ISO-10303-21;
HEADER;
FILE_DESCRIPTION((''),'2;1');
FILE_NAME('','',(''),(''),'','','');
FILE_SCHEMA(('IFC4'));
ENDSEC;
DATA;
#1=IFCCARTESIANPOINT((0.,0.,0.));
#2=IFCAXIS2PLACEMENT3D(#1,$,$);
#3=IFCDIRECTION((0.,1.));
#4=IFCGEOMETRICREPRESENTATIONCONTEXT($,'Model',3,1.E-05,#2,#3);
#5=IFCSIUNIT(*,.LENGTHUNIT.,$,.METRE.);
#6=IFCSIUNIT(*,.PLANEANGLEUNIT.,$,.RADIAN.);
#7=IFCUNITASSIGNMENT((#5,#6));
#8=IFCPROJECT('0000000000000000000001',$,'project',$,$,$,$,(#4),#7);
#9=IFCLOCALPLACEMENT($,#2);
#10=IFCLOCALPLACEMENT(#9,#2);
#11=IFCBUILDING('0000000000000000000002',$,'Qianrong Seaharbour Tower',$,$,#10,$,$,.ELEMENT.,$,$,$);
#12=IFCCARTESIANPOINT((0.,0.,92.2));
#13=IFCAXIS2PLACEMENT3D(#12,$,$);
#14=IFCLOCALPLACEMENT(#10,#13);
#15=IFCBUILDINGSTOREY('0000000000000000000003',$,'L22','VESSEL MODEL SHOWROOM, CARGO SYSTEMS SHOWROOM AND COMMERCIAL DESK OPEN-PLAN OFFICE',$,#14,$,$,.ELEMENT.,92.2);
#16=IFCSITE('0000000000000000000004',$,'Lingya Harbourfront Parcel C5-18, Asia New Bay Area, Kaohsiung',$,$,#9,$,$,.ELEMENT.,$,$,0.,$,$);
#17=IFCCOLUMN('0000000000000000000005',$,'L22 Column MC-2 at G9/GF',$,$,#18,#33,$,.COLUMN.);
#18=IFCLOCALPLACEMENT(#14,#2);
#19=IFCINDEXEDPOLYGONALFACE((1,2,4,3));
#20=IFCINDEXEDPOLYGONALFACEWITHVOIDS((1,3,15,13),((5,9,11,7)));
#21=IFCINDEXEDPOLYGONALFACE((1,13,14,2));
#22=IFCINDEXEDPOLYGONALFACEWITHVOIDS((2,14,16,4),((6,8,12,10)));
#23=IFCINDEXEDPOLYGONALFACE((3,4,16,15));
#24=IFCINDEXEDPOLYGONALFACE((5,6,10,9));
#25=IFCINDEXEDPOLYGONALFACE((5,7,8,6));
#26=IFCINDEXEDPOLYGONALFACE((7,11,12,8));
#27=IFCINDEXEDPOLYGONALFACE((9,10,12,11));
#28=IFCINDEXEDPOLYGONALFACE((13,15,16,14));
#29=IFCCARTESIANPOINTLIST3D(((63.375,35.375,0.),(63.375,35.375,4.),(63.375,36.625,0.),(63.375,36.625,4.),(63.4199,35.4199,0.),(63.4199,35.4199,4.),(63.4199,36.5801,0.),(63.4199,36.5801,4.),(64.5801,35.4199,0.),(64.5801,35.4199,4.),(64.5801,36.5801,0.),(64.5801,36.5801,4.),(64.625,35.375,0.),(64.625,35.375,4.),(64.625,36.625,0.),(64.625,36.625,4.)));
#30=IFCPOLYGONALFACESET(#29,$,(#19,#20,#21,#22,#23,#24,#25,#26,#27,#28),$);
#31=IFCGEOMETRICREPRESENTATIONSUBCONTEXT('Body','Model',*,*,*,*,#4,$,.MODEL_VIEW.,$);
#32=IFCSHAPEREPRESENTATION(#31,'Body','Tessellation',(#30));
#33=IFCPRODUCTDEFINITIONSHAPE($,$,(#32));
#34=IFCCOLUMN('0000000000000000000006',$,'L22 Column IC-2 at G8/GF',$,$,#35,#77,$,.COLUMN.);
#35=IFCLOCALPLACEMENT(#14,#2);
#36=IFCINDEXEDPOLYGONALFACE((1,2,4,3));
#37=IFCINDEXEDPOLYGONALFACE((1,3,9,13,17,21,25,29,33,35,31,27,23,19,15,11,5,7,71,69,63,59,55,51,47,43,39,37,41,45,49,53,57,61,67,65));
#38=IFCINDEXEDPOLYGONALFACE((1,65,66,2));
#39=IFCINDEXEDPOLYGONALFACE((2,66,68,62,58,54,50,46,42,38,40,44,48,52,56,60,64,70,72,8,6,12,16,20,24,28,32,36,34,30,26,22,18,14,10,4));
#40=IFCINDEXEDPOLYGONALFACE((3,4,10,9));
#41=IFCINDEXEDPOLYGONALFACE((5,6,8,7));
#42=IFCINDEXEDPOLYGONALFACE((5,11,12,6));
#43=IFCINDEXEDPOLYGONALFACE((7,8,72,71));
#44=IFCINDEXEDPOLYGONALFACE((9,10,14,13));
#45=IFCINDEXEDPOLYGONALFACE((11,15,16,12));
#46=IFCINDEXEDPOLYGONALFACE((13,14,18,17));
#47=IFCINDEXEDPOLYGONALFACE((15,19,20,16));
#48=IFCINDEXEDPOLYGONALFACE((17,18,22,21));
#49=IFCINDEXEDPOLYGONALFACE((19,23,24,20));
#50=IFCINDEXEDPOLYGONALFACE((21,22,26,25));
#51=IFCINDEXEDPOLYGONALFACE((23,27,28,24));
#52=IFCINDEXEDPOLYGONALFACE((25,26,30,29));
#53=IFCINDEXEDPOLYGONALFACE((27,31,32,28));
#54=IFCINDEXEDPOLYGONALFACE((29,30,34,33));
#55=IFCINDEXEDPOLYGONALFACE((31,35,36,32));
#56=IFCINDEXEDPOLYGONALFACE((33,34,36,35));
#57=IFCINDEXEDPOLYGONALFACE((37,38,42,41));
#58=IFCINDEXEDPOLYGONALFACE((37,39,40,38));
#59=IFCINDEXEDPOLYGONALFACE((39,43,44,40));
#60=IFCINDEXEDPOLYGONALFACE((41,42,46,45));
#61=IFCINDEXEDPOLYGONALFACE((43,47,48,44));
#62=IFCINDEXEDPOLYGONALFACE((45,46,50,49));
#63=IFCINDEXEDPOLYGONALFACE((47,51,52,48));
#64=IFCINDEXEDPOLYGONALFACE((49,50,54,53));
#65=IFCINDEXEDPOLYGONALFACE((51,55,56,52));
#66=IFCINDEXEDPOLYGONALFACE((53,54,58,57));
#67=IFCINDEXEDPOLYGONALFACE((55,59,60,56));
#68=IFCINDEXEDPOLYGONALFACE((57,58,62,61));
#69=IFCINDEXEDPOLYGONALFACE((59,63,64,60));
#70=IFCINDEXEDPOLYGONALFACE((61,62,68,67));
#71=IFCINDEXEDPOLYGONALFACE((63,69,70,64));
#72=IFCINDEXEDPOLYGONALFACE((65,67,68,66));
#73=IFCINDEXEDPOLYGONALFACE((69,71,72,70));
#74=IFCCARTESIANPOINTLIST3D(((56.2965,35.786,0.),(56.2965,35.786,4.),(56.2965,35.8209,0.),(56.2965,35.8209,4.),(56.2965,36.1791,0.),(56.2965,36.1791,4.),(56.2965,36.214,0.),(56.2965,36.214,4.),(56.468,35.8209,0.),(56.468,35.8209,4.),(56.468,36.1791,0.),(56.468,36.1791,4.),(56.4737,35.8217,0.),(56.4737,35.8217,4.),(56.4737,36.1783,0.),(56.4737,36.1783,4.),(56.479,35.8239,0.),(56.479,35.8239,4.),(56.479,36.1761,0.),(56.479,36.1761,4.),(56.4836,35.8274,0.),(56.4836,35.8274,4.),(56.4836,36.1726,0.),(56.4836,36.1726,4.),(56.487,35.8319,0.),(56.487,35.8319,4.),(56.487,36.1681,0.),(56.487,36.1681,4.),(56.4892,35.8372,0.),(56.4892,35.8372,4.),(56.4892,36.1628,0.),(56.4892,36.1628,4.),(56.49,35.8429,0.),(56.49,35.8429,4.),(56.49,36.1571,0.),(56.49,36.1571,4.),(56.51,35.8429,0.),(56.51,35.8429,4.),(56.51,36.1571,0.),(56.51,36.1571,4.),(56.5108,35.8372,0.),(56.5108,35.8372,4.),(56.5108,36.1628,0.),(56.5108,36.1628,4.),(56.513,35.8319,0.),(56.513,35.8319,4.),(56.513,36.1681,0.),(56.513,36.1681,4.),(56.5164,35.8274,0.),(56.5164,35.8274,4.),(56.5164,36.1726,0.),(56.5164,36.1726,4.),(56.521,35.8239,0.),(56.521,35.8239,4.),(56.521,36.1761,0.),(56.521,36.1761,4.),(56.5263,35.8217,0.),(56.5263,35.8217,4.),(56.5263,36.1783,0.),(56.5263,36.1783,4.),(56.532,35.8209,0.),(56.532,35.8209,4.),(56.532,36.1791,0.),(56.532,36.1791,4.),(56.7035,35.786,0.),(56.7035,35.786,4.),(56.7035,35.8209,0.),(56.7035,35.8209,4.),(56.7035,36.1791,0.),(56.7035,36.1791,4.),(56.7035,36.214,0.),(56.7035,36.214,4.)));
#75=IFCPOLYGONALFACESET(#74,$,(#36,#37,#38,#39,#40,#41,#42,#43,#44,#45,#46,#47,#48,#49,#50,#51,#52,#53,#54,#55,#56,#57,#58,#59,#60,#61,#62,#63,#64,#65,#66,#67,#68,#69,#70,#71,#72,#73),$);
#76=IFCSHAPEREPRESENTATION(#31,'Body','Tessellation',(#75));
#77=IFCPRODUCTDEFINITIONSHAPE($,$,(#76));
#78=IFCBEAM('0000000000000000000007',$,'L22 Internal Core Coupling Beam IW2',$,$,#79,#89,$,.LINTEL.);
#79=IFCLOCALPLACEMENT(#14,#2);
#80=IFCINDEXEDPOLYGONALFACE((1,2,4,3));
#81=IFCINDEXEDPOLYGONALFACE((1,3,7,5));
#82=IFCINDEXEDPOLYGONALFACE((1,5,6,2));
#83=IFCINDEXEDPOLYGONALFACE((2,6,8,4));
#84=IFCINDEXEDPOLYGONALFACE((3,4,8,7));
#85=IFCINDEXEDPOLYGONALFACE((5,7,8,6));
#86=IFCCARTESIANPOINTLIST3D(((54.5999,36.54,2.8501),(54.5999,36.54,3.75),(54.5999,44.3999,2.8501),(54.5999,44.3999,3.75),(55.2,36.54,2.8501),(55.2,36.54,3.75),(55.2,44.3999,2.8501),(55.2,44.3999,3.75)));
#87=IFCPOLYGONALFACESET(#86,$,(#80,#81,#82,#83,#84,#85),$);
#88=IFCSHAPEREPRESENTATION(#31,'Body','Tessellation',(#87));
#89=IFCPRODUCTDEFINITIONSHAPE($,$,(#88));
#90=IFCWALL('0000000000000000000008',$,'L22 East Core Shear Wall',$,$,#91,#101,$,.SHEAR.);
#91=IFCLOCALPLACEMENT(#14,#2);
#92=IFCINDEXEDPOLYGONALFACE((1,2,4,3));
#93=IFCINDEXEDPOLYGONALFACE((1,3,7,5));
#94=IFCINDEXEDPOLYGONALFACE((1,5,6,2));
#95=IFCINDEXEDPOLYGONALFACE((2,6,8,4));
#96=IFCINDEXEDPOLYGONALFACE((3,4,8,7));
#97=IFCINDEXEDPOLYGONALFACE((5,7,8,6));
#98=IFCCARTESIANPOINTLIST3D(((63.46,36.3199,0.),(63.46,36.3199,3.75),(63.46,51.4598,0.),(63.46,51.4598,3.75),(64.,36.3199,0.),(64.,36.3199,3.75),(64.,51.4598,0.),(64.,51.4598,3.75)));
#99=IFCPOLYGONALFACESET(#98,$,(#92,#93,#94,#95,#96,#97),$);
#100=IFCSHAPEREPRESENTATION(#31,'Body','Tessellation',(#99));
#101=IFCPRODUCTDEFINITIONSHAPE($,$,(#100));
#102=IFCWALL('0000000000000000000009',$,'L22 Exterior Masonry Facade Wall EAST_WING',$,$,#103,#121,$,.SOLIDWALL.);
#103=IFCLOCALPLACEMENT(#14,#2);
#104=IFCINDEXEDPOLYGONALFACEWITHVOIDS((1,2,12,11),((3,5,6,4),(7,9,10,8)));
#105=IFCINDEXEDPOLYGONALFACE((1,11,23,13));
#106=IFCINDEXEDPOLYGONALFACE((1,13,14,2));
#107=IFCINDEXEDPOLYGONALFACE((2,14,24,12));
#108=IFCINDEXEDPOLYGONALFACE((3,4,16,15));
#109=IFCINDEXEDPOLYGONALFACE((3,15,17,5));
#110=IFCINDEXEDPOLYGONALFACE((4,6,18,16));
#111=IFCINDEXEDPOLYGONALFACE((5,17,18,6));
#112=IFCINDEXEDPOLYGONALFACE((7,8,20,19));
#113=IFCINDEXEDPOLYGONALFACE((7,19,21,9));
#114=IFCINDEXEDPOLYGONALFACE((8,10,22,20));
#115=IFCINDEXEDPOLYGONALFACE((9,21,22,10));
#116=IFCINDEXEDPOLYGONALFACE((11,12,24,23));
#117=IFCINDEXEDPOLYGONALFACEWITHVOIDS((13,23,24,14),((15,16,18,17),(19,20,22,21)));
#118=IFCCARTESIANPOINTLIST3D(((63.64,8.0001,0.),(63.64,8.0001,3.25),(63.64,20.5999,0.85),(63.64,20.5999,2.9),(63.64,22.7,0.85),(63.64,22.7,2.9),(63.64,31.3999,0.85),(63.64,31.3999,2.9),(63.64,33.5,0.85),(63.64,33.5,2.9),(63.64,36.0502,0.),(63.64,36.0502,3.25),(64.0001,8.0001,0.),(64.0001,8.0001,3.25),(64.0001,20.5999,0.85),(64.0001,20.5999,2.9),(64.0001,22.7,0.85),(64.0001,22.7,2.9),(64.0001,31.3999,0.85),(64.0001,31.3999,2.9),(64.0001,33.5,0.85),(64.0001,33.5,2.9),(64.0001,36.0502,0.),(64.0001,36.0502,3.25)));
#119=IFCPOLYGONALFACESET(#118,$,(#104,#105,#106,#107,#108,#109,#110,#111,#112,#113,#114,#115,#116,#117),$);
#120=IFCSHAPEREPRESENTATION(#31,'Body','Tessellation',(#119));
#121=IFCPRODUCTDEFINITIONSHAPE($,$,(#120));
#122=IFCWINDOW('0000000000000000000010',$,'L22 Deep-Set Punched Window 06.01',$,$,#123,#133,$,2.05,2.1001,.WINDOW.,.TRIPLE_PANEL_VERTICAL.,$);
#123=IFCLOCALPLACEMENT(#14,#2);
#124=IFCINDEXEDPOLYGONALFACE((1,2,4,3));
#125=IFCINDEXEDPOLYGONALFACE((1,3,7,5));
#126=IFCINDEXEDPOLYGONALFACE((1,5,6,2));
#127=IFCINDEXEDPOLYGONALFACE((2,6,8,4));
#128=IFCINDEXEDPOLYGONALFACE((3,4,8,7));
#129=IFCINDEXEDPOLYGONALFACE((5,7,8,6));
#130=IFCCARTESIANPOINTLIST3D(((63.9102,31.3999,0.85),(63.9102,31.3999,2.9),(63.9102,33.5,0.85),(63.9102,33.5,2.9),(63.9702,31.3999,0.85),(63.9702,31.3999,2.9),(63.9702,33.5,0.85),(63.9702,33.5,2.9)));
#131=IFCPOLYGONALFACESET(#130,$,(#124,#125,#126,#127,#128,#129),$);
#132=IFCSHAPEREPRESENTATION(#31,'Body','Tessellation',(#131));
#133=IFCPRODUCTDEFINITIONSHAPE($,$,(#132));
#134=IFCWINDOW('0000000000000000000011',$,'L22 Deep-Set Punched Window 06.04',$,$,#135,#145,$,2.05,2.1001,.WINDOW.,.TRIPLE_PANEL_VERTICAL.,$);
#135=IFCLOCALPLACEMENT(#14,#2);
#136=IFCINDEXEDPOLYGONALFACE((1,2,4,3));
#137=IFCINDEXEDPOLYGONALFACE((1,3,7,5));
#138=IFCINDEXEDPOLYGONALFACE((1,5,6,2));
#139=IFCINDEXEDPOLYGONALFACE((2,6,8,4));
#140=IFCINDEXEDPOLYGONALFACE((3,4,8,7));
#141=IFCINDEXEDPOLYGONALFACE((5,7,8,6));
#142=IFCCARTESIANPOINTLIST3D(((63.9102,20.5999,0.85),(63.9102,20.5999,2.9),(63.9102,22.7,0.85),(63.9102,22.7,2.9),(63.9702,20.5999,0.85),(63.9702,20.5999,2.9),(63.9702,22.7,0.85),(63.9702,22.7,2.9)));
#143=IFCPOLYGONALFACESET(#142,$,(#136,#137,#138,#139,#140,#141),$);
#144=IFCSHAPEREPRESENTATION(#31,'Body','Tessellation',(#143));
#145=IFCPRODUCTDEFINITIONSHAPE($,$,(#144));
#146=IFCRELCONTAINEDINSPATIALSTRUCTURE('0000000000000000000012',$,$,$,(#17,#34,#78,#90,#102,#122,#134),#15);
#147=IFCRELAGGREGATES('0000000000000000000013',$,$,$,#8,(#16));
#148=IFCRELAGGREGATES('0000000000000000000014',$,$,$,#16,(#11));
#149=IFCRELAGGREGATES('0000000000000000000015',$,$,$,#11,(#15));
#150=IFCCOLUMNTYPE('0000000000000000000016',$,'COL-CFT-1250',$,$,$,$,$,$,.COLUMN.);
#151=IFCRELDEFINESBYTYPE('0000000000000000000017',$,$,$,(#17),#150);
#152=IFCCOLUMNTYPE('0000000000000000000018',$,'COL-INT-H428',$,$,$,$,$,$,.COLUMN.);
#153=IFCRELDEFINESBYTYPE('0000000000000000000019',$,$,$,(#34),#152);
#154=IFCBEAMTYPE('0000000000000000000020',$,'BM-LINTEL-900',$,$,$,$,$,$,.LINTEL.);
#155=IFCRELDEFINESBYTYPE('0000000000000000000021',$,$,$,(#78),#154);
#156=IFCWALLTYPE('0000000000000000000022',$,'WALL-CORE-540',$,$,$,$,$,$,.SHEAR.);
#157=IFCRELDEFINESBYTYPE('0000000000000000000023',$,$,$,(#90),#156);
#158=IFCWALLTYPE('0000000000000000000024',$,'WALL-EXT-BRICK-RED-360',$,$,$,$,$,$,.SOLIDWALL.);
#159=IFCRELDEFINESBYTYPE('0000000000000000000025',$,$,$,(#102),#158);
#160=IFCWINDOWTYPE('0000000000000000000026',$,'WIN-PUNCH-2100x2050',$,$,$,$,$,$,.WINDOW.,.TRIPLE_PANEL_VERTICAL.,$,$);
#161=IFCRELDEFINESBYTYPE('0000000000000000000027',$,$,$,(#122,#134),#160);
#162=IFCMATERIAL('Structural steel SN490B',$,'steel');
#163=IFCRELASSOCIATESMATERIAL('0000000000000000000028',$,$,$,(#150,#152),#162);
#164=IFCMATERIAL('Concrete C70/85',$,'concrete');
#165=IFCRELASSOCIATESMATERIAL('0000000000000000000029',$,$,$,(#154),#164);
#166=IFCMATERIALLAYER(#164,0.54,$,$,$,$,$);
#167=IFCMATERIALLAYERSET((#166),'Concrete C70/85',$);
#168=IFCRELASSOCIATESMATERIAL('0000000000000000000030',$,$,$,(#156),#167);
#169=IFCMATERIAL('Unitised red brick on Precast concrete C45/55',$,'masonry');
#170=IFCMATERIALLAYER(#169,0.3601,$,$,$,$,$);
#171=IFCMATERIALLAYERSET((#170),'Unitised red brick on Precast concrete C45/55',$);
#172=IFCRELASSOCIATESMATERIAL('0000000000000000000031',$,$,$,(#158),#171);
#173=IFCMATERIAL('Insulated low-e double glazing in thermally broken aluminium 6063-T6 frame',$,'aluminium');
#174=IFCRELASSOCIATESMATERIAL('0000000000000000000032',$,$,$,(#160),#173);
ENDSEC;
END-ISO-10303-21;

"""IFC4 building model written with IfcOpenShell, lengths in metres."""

from ifc_helpers import new_model, si_unit, direction, frame, frame_2d, origin, origin_2d, place, context, subcontext, project, spatial, rectangle, hollow_rectangle, i_section, extrude, material, layer, layer_set, material_profile, profile_set, type_object, element, fill, save


model = new_model("IFC4")

# Units and contexts
model_context = context("Model", 3, precision=1e-05, world=origin(), true_north=direction((0.0, 1.0)))
body_context = subcontext(model_context, "Body", "Model", "MODEL_VIEW")
ifc_project = project(units=[si_unit("LENGTHUNIT", "METRE"), si_unit("PLANEANGLEUNIT", "RADIAN")], contexts=[model_context])

# Site, building, storey
site_placement = place(None, origin())
site = spatial("IfcSite", under=ifc_project, at=site_placement, Name="Lingya Harbourfront Parcel C5-18, Asia New Bay Area, Kaohsiung", CompositionType="ELEMENT", RefElevation=0.0)
building_placement = place(site_placement, origin())
building = spatial("IfcBuilding", under=site, at=building_placement, Name="Qianrong Seaharbour Tower", CompositionType="ELEMENT")
storey_placement = place(building_placement, frame((0.0, 0.0, 92.2)))
storey = spatial("IfcBuildingStorey", under=building, at=storey_placement, Name="L22", Description="VESSEL MODEL SHOWROOM, CARGO SYSTEMS SHOWROOM AND COMMERCIAL DESK OPEN-PLAN OFFICE", CompositionType="ELEMENT", Elevation=92.2)

# Columns
ifc_material_1 = material(Name="Structural steel SN490B", Category="steel")
ifc_material_profile_1 = material_profile(ifc_material_1, hollow_rectangle(XDim=1.25, YDim=1.25, WallThickness=0.0449, at=origin_2d()), Name="BOX1250x1250x45")
ifc_profile_set_1 = profile_set([ifc_material_profile_1], Name="Structural steel SN490B")
column_type_1 = type_object("IfcColumnType", Name="COL-CFT-1250", PredefinedType="COLUMN", material=ifc_profile_set_1)
column_1_placement = place(storey_placement, frame((64.0, 36.0, 0.0), z_axis=(0.0, 0.0, 1.0), x_axis=(1.0, 0.0, 0.0)))
element("IfcColumn", 1, at=column_1_placement, inside=storey, type_object=column_type_1, Name="L22 Column MC-2 at G9/GF", PredefinedType="COLUMN", context=body_context, shape_type="SweptSolid", body=[
    extrude(hollow_rectangle(XDim=1.25, YDim=1.25, WallThickness=0.0449, at=origin_2d()), origin(), (0.0, 0.0, 1.0), 4.0),
])
ifc_material_profile_2 = material_profile(ifc_material_1, i_section(OverallWidth=0.407, OverallDepth=0.428, WebThickness=0.02, FlangeThickness=0.0349, FilletRadius=0.022, at=origin_2d()), Name="H428x407x20x35")
ifc_profile_set_2 = profile_set([ifc_material_profile_2], Name="Structural steel SN490B")
column_type_2 = type_object("IfcColumnType", Name="COL-INT-H428", PredefinedType="COLUMN", material=ifc_profile_set_2)
column_2_placement = place(storey_placement, frame((56.5, 36.0, 0.0), z_axis=(0.0, 0.0, 1.0), x_axis=(1.0, 0.0, 0.0)))
element("IfcColumn", 2, at=column_2_placement, inside=storey, type_object=column_type_2, Name="L22 Column IC-2 at G8/GF", PredefinedType="COLUMN", context=body_context, shape_type="SweptSolid", body=[
    extrude(i_section(OverallWidth=0.407, OverallDepth=0.428, WebThickness=0.02, FlangeThickness=0.0349, FilletRadius=0.022, at=origin_2d()), origin(), (0.0, 0.0, 1.0), 4.0),
])

# Beam
ifc_material_2 = material(Name="Concrete C70/85", Category="concrete")
ifc_material_profile_3 = material_profile(ifc_material_2, rectangle(XDim=0.6001, YDim=0.8999, at=origin_2d()), Name="RC600x900")
ifc_profile_set_3 = profile_set([ifc_material_profile_3], Name="Concrete C70/85")
beam_type = type_object("IfcBeamType", Name="BM-LINTEL-900", PredefinedType="LINTEL", material=ifc_profile_set_3)
beam_placement = place(storey_placement, frame((54.8999, 36.54, 3.3), z_axis=(0.0, 1.0, 0.0), x_axis=(-1.0, 0.0, 0.0)))
element("IfcBeam", 3, at=beam_placement, inside=storey, type_object=beam_type, Name="L22 Internal Core Coupling Beam IW2", PredefinedType="LINTEL", context=body_context, shape_type="SweptSolid", body=[
    extrude(rectangle(XDim=0.6001, YDim=0.8999, at=origin_2d()), origin(), (0.0, 0.0, 1.0), 7.8599),
])

# Wall
ifc_layer_1 = layer(ifc_material_2, 0.54)
ifc_layer_set_1 = layer_set([ifc_layer_1], Name="Concrete C70/85")
wall_type_1 = type_object("IfcWallType", Name="WALL-CORE-540", PredefinedType="SHEAR", material=ifc_layer_set_1)
wall_1_placement = place(storey_placement, frame((63.73, 36.3201, 0.0), z_axis=(0.0, 0.0, 1.0), x_axis=(0.0, 1.0, 0.0)))
element("IfcWall", 4, at=wall_1_placement, inside=storey, type_object=wall_type_1, Name="L22 East Core Shear Wall", PredefinedType="SHEAR", context=body_context, shape_type="SweptSolid", body=[
    extrude(rectangle(XDim=15.1399, YDim=0.54, at=frame_2d((7.5698, 0.0))), origin(), (0.0, 0.0, 1.0), 3.75),
])

# Wall, openings, windows
ifc_material_3 = material(Name="Unitised red brick on Precast concrete C45/55", Category="masonry")
ifc_layer_2 = layer(ifc_material_3, 0.3601)
ifc_layer_set_2 = layer_set([ifc_layer_2], Name="Unitised red brick on Precast concrete C45/55")
wall_type_2 = type_object("IfcWallType", Name="WALL-EXT-BRICK-RED-360", PredefinedType="SOLIDWALL", material=ifc_layer_set_2)
wall_2_placement = place(storey_placement, frame((63.8201, 36.05, 0.0), z_axis=(0.0, 0.0, 1.0), x_axis=(0.0, -1.0, 0.0)))
wall_2 = element("IfcWall", 5, at=wall_2_placement, inside=storey, type_object=wall_type_2, Name="L22 Exterior Masonry Facade Wall EAST_WING", PredefinedType="SOLIDWALL", context=body_context, shape_type="SweptSolid", body=[
    extrude(rectangle(XDim=28.05, YDim=0.3601, at=frame_2d((14.0249, 0.0))), origin(), (0.0, 0.0, 1.0), 3.25),
])
opening_1_placement = place(wall_2_placement, frame((2.55, 0.0, 0.8501)))
opening_1 = element("IfcOpeningElement", 6, at=opening_1_placement, cuts=wall_2, PredefinedType="OPENING", context=body_context, shape_type="SweptSolid", body=[
    extrude(rectangle(XDim=2.1001, YDim=2.05, at=frame_2d((1.05, 1.0249))), frame((0.0, 0.1899, 0.0), z_axis=(0.0, -1.0, 0.0), x_axis=(1.0, 0.0, 0.0)), (0.0, 0.0, 1.0), 0.3801),
])
opening_2_placement = place(wall_2_placement, frame((13.3501, 0.0, 0.8501)))
opening_2 = element("IfcOpeningElement", 7, at=opening_2_placement, cuts=wall_2, PredefinedType="OPENING", context=body_context, shape_type="SweptSolid", body=[
    extrude(rectangle(XDim=2.1001, YDim=2.05, at=frame_2d((1.05, 1.0249))), frame((0.0, 0.1899, 0.0), z_axis=(0.0, -1.0, 0.0), x_axis=(1.0, 0.0, 0.0)), (0.0, 0.0, 1.0), 0.3801),
])
ifc_material_4 = material(Name="Insulated low-e double glazing in thermally broken aluminium 6063-T6 frame", Category="aluminium")
window_type = type_object("IfcWindowType", Name="WIN-PUNCH-2100x2050", PartitioningType="TRIPLE_PANEL_VERTICAL", PredefinedType="WINDOW", material=ifc_material_4)
window_1_placement = place(opening_1_placement, origin())
window_1 = element("IfcWindow", 8, at=window_1_placement, inside=storey, type_object=window_type, Name="L22 Deep-Set Punched Window 06.01", OverallHeight=2.05, OverallWidth=2.1001, PartitioningType="TRIPLE_PANEL_VERTICAL", PredefinedType="WINDOW", context=body_context, shape_type="SweptSolid", body=[
    extrude(rectangle(XDim=2.1001, YDim=2.05, at=frame_2d((1.05, 1.0249))), frame((0.0, 0.1501, 0.0), z_axis=(0.0, -1.0, 0.0), x_axis=(1.0, 0.0, 0.0)), (0.0, 0.0, 1.0), 0.0601),
])
fill(opening_1, window_1)
window_2_placement = place(opening_2_placement, origin())
window_2 = element("IfcWindow", 9, at=window_2_placement, inside=storey, type_object=window_type, Name="L22 Deep-Set Punched Window 06.04", OverallHeight=2.05, OverallWidth=2.1001, PartitioningType="TRIPLE_PANEL_VERTICAL", PredefinedType="WINDOW", context=body_context, shape_type="SweptSolid", body=[
    extrude(rectangle(XDim=2.1001, YDim=2.05, at=frame_2d((1.05, 1.0249))), frame((0.0, 0.1501, 0.0), z_axis=(0.0, -1.0, 0.0), x_axis=(1.0, 0.0, 0.0)), (0.0, 0.0, 1.0), 0.0601),
])
fill(opening_2, window_2)

save(model, "model.ifc")
